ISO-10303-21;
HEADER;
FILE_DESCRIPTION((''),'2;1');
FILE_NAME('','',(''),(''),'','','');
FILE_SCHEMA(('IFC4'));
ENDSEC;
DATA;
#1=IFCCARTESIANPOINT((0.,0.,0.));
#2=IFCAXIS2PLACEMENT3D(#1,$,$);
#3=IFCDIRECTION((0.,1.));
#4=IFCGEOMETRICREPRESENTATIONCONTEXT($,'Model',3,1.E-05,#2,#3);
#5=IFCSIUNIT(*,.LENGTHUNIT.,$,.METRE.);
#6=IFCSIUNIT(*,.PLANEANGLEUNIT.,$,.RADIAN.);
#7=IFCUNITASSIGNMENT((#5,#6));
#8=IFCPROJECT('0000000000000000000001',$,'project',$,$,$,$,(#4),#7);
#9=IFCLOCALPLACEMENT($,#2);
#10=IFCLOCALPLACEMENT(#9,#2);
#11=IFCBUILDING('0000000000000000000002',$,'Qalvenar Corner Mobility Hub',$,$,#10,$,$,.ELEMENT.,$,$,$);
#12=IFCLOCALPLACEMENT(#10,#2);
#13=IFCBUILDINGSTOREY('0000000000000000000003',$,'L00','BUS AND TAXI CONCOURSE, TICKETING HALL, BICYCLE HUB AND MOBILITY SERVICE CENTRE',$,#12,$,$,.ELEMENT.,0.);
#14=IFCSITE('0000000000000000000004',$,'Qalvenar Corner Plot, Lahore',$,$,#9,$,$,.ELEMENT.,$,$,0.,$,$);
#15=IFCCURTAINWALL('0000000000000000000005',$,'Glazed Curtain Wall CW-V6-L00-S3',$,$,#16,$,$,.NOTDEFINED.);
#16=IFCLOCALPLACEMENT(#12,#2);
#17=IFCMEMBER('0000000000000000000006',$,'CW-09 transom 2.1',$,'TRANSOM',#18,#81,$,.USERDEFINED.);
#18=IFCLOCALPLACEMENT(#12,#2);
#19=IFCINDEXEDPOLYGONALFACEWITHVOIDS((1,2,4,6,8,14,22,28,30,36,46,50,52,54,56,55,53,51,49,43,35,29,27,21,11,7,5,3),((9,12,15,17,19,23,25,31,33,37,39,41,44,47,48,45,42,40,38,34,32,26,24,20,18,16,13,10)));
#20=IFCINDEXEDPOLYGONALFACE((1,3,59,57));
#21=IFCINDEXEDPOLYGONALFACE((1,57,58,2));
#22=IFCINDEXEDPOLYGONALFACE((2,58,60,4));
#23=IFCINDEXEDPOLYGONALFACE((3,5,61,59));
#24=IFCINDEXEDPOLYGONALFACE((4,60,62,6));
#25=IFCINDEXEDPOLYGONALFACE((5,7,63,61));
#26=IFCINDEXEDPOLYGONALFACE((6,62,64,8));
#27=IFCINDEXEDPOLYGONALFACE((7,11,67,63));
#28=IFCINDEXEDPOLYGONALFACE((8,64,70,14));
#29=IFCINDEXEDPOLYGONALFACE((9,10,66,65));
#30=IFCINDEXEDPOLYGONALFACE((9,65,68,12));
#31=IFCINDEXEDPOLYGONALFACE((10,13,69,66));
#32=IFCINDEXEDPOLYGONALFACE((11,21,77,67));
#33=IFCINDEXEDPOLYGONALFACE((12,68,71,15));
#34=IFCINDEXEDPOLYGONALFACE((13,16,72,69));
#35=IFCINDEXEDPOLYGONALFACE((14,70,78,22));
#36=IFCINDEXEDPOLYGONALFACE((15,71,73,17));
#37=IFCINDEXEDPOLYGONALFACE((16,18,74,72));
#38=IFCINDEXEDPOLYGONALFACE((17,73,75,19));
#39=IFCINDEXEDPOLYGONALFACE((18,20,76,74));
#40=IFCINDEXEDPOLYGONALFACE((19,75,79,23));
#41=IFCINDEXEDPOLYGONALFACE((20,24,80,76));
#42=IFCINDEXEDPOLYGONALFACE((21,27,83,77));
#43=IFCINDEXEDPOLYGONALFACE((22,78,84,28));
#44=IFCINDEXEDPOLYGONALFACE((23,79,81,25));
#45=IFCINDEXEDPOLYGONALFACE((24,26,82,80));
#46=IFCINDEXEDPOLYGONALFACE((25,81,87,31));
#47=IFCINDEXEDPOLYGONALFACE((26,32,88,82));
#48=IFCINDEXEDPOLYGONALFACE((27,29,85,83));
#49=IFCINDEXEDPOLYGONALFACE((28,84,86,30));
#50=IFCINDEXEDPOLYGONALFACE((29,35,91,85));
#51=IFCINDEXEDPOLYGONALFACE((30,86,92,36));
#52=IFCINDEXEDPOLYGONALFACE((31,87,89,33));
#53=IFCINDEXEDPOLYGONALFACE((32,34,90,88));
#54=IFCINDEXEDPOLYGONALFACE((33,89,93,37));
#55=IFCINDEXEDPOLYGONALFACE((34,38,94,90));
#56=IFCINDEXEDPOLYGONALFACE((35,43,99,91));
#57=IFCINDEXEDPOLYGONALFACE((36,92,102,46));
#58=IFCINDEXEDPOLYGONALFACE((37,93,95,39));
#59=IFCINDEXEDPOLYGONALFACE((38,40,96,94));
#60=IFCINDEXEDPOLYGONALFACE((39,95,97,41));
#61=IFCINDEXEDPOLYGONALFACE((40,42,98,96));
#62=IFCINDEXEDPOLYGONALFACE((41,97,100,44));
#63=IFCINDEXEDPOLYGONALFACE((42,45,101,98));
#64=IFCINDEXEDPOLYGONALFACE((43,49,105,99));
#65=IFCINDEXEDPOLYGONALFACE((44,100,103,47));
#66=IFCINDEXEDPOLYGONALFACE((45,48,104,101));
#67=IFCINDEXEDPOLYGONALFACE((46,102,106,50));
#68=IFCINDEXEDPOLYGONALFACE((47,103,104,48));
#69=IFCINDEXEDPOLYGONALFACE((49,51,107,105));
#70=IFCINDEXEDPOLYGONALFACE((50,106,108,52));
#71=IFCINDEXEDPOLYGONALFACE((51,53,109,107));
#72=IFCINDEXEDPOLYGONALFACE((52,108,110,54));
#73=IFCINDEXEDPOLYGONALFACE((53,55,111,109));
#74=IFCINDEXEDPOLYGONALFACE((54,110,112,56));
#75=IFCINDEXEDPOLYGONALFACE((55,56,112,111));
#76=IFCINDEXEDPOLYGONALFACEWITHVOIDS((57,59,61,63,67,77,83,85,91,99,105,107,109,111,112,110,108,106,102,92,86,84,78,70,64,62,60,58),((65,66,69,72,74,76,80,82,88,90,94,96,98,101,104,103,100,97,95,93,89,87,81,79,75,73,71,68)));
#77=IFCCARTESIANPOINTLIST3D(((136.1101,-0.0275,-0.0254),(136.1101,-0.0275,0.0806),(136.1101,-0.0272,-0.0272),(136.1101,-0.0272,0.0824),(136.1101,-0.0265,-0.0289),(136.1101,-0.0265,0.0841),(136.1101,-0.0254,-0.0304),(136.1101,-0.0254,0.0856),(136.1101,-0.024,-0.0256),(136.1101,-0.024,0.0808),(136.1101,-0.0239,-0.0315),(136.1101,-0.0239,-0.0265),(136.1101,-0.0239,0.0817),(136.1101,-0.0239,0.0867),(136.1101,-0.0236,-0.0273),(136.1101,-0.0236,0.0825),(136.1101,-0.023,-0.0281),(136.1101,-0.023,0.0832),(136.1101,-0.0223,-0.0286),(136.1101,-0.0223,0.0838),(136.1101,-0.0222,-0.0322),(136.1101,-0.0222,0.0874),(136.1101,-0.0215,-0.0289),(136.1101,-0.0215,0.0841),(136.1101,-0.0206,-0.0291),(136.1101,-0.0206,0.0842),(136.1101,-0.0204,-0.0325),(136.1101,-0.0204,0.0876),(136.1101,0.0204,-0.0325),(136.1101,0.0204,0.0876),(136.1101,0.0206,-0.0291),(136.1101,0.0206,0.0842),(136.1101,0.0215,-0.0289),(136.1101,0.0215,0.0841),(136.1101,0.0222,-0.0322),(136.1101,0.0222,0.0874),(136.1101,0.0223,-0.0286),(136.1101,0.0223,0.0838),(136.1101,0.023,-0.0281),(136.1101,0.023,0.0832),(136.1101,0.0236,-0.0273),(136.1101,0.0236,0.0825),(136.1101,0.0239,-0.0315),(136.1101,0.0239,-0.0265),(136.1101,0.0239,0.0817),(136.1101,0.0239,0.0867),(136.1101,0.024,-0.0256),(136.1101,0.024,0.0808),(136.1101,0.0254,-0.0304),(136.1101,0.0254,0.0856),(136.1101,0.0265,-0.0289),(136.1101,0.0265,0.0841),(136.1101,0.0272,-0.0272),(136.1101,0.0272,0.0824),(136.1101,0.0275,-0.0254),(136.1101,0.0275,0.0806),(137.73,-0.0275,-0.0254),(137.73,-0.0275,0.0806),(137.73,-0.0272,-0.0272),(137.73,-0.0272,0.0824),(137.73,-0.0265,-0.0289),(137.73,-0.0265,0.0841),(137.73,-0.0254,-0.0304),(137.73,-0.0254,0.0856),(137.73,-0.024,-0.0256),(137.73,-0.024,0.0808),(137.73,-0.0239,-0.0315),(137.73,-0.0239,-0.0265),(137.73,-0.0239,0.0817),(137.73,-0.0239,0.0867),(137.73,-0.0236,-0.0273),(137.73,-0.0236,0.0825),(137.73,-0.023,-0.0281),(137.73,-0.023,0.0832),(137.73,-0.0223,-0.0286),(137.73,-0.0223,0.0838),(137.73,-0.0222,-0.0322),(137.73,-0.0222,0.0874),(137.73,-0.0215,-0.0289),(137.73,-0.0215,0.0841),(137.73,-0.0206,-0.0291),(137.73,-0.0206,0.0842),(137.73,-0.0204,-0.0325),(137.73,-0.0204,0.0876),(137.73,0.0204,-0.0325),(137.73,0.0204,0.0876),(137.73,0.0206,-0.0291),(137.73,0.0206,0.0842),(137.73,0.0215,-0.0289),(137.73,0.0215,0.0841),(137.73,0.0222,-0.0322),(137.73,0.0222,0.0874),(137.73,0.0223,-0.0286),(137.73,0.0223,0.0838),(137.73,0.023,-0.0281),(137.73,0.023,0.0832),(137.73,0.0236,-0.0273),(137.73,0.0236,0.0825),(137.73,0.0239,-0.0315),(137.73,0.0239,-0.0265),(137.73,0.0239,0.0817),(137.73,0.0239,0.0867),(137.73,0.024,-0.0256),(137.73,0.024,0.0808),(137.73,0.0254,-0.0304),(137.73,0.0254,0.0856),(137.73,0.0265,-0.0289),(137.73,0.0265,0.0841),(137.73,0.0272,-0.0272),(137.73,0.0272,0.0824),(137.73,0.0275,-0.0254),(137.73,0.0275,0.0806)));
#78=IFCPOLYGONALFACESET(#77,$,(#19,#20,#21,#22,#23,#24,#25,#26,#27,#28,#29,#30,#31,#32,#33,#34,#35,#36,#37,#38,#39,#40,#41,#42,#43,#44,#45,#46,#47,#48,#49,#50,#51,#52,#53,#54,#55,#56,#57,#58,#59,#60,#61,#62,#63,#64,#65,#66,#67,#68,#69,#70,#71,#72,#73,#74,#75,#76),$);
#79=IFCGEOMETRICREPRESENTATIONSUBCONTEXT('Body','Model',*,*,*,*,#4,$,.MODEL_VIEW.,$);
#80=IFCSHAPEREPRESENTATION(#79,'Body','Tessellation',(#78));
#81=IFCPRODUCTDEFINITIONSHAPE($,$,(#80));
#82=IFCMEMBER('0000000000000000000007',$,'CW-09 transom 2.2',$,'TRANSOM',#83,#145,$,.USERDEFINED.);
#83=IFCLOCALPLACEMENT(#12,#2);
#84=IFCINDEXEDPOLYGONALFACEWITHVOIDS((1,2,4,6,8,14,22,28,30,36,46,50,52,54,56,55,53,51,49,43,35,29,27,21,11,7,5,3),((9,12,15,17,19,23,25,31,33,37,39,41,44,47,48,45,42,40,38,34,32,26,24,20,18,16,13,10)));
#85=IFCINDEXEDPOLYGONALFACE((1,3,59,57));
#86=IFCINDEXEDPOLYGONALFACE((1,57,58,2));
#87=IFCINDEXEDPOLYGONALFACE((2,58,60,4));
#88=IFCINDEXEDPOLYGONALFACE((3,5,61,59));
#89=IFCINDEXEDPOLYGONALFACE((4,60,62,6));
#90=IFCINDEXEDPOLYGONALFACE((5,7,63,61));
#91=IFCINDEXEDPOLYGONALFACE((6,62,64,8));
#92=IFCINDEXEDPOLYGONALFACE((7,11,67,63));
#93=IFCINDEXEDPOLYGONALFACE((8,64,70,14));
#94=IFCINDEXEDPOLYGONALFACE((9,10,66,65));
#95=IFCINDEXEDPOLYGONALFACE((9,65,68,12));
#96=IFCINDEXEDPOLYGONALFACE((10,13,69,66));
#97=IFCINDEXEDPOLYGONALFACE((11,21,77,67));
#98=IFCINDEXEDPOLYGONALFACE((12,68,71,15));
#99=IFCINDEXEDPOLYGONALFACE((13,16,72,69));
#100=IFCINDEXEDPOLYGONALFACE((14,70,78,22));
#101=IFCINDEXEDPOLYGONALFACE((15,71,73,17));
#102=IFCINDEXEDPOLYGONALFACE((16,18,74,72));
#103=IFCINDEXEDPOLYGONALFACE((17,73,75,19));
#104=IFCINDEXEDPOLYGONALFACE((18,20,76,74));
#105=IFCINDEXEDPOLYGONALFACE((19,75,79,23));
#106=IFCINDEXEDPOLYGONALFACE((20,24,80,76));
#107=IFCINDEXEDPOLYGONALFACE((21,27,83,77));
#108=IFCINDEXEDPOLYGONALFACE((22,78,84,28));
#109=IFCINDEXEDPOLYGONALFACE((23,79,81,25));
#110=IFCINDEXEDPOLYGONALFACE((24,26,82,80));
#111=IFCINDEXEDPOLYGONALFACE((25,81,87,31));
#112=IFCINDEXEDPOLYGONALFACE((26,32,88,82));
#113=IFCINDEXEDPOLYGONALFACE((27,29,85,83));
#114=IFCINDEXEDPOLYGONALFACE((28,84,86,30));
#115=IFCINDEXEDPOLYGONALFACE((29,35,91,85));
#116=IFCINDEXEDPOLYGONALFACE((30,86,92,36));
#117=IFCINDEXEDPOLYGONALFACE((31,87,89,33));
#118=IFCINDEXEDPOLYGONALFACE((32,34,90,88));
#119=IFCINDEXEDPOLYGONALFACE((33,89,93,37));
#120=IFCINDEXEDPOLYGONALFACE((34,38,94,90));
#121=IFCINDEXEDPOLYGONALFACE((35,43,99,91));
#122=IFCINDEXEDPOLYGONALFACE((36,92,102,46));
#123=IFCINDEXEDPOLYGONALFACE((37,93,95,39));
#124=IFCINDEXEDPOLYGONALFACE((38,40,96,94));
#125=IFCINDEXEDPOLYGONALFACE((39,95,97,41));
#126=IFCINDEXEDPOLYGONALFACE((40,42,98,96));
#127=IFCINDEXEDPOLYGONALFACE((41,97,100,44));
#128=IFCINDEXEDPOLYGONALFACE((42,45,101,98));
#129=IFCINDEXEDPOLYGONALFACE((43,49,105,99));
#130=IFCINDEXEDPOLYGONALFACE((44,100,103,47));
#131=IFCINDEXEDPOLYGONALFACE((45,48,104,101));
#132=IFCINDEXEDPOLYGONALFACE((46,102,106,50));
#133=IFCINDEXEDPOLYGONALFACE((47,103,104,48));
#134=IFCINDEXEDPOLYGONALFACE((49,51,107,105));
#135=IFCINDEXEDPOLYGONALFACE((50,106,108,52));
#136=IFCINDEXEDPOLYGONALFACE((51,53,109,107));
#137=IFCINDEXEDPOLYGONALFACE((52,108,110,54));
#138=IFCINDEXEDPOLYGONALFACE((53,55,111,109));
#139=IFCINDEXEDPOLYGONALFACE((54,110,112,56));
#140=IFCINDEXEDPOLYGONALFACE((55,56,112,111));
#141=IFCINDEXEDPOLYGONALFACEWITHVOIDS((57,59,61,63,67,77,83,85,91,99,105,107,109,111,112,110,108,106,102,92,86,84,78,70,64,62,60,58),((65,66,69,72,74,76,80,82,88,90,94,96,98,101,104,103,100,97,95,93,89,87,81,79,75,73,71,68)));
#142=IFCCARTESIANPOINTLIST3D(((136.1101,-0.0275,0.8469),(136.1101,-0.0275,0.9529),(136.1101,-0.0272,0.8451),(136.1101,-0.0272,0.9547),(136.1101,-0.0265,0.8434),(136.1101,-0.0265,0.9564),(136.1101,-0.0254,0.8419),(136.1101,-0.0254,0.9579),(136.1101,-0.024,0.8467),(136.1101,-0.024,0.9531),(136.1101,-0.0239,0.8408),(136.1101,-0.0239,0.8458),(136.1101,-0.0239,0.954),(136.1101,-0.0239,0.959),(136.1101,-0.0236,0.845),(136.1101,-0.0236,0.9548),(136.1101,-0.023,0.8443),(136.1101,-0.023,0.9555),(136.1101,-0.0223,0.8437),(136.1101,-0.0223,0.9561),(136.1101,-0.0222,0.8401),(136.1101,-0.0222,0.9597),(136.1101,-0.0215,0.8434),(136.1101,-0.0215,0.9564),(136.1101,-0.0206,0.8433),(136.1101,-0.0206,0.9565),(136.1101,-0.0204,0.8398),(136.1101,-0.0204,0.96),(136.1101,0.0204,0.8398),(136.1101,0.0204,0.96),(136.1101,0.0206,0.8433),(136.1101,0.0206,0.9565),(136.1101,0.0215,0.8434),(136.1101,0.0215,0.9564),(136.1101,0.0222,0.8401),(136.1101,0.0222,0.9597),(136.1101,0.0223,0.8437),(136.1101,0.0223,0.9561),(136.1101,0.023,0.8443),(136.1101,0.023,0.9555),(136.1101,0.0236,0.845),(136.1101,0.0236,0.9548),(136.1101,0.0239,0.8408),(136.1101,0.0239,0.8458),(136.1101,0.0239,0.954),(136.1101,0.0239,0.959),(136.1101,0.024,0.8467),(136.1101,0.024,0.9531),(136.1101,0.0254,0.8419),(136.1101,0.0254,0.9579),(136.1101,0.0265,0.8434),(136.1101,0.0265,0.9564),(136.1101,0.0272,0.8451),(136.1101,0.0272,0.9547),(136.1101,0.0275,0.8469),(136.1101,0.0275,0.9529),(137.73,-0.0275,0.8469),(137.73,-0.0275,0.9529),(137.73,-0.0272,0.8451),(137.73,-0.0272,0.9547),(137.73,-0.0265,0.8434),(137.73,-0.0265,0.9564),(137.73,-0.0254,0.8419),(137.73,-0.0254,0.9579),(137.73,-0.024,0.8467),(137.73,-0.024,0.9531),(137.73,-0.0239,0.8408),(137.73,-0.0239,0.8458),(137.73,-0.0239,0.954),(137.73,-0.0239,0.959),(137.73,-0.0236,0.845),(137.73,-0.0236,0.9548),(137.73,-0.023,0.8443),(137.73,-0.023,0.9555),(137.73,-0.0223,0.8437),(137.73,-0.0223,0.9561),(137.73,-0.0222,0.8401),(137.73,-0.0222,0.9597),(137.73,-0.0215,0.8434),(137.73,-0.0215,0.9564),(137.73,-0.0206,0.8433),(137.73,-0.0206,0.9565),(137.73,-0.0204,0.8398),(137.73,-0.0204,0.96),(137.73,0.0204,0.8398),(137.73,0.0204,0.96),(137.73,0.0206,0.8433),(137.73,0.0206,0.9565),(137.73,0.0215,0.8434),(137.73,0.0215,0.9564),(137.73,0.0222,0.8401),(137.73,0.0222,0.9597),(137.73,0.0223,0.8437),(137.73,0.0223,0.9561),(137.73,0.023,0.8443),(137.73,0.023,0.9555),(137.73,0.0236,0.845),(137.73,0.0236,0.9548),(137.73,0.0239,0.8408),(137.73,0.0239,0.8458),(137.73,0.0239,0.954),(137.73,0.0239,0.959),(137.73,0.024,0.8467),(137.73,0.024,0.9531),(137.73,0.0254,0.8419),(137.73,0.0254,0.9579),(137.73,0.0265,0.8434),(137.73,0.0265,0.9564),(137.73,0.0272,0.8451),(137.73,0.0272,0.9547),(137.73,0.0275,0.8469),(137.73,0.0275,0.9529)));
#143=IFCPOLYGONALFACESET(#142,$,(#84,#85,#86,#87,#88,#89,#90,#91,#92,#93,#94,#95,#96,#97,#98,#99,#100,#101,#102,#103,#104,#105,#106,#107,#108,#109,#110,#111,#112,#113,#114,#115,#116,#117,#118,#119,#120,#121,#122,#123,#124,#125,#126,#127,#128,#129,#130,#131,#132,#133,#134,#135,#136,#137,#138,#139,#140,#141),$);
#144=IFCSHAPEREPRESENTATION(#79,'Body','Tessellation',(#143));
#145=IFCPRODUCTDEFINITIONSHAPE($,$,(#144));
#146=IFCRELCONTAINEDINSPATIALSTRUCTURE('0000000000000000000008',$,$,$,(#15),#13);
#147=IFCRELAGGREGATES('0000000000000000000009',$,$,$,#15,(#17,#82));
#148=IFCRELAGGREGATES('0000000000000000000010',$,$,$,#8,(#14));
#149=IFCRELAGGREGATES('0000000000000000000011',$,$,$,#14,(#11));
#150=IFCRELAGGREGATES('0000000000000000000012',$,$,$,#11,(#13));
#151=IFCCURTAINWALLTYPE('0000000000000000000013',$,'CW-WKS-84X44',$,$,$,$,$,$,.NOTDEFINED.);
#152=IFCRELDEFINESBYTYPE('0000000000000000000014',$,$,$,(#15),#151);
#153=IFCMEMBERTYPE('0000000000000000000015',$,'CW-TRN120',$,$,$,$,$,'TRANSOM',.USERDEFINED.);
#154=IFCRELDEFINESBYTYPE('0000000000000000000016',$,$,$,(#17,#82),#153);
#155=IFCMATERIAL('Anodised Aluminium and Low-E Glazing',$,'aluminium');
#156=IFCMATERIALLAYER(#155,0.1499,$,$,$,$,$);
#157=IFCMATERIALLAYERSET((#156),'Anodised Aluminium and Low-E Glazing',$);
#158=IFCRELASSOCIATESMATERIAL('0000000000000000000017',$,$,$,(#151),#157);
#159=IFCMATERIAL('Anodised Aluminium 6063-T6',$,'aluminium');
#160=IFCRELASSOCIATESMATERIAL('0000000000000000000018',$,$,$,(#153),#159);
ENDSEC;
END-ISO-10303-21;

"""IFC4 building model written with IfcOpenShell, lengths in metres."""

from ifc_helpers import new_model, si_unit, direction, frame, origin, origin_2d, place, context, subcontext, project, spatial, hollow_rectangle, extrude, material, layer, layer_set, material_profile, profile_set, type_object, element, aggregate, save


model = new_model("IFC4")

# Units and contexts
model_context = context("Model", 3, precision=1e-05, world=origin(), true_north=direction((0.0, 1.0)))
body_context = subcontext(model_context, "Body", "Model", "MODEL_VIEW")
ifc_project = project(units=[si_unit("LENGTHUNIT", "METRE"), si_unit("PLANEANGLEUNIT", "RADIAN")], contexts=[model_context])

# Site, building, storey
site_placement = place(None, origin())
site = spatial("IfcSite", under=ifc_project, at=site_placement, Name="Qalvenar Corner Plot, Lahore", CompositionType="ELEMENT", RefElevation=0.0)
building_placement = place(site_placement, origin())
building = spatial("IfcBuilding", under=site, at=building_placement, Name="Qalvenar Corner Mobility Hub", CompositionType="ELEMENT")
storey_placement = place(building_placement, origin())
storey = spatial("IfcBuildingStorey", under=building, at=storey_placement, Name="L00", Description="BUS AND TAXI CONCOURSE, TICKETING HALL, BICYCLE HUB AND MOBILITY SERVICE CENTRE", CompositionType="ELEMENT", Elevation=0.0)

# Curtain wall, members
ifc_material_1 = material(Name="Anodised Aluminium and Low-E Glazing", Category="aluminium")
ifc_layer_1 = layer(ifc_material_1, 0.1499)
ifc_layer_set_1 = layer_set([ifc_layer_1], Name="Anodised Aluminium and Low-E Glazing")
curtain_wall_type = type_object("IfcCurtainWallType", Name="CW-WKS-84X44", PredefinedType="NOTDEFINED", material=ifc_layer_set_1)
curtain_wall_placement = place(storey_placement, origin())
curtain_wall = element("IfcCurtainWall", 1, at=curtain_wall_placement, inside=storey, type_object=curtain_wall_type, Name="Glazed Curtain Wall CW-V6-L00-S3", PredefinedType="NOTDEFINED")
ifc_material_2 = material(Name="Anodised Aluminium 6063-T6", Category="aluminium")
ifc_material_profile_1 = material_profile(ifc_material_2, hollow_rectangle(XDim=0.0549, YDim=0.1201, WallThickness=0.0034, InnerFilletRadius=0.0034, OuterFilletRadius=0.0071, at=origin_2d()), Name="RHS120x55x3.5")
ifc_profile_set_1 = profile_set([ifc_material_profile_1], Name="Anodised Aluminium 6063-T6")
member_type_1 = type_object("IfcMemberType", Name="CW-TRN120", ElementType="TRANSOM", PredefinedType="USERDEFINED", material=ifc_profile_set_1)
member_1_placement = place(storey_placement, frame((136.1101, 0.0, 0.0276), z_axis=(1.0, 0.0, 0.0), x_axis=(0.0, 1.0, 0.0)))
member_1 = element("IfcMember", 2, at=member_1_placement, type_object=member_type_1, Name="CW-09 transom 2.1", ObjectType="TRANSOM", PredefinedType="USERDEFINED", context=body_context, shape_type="SweptSolid", body=[
    extrude(hollow_rectangle(XDim=0.0549, YDim=0.1201, WallThickness=0.0034, InnerFilletRadius=0.0034, OuterFilletRadius=0.0071, at=origin_2d()), origin(), (0.0, 0.0, 1.0), 1.6199),
])
member_2_placement = place(storey_placement, frame((136.1101, 0.0, 0.8999), z_axis=(1.0, 0.0, 0.0), x_axis=(0.0, 1.0, 0.0)))
member_2 = element("IfcMember", 3, at=member_2_placement, type_object=member_type_1, Name="CW-09 transom 2.2", ObjectType="TRANSOM", PredefinedType="USERDEFINED", context=body_context, shape_type="SweptSolid", body=[
    extrude(hollow_rectangle(XDim=0.0549, YDim=0.1201, WallThickness=0.0034, InnerFilletRadius=0.0034, OuterFilletRadius=0.0071, at=origin_2d()), origin(), (0.0, 0.0, 1.0), 1.6199),
])
aggregate(curtain_wall, [member_1, member_2])

save(model, "model.ifc")
